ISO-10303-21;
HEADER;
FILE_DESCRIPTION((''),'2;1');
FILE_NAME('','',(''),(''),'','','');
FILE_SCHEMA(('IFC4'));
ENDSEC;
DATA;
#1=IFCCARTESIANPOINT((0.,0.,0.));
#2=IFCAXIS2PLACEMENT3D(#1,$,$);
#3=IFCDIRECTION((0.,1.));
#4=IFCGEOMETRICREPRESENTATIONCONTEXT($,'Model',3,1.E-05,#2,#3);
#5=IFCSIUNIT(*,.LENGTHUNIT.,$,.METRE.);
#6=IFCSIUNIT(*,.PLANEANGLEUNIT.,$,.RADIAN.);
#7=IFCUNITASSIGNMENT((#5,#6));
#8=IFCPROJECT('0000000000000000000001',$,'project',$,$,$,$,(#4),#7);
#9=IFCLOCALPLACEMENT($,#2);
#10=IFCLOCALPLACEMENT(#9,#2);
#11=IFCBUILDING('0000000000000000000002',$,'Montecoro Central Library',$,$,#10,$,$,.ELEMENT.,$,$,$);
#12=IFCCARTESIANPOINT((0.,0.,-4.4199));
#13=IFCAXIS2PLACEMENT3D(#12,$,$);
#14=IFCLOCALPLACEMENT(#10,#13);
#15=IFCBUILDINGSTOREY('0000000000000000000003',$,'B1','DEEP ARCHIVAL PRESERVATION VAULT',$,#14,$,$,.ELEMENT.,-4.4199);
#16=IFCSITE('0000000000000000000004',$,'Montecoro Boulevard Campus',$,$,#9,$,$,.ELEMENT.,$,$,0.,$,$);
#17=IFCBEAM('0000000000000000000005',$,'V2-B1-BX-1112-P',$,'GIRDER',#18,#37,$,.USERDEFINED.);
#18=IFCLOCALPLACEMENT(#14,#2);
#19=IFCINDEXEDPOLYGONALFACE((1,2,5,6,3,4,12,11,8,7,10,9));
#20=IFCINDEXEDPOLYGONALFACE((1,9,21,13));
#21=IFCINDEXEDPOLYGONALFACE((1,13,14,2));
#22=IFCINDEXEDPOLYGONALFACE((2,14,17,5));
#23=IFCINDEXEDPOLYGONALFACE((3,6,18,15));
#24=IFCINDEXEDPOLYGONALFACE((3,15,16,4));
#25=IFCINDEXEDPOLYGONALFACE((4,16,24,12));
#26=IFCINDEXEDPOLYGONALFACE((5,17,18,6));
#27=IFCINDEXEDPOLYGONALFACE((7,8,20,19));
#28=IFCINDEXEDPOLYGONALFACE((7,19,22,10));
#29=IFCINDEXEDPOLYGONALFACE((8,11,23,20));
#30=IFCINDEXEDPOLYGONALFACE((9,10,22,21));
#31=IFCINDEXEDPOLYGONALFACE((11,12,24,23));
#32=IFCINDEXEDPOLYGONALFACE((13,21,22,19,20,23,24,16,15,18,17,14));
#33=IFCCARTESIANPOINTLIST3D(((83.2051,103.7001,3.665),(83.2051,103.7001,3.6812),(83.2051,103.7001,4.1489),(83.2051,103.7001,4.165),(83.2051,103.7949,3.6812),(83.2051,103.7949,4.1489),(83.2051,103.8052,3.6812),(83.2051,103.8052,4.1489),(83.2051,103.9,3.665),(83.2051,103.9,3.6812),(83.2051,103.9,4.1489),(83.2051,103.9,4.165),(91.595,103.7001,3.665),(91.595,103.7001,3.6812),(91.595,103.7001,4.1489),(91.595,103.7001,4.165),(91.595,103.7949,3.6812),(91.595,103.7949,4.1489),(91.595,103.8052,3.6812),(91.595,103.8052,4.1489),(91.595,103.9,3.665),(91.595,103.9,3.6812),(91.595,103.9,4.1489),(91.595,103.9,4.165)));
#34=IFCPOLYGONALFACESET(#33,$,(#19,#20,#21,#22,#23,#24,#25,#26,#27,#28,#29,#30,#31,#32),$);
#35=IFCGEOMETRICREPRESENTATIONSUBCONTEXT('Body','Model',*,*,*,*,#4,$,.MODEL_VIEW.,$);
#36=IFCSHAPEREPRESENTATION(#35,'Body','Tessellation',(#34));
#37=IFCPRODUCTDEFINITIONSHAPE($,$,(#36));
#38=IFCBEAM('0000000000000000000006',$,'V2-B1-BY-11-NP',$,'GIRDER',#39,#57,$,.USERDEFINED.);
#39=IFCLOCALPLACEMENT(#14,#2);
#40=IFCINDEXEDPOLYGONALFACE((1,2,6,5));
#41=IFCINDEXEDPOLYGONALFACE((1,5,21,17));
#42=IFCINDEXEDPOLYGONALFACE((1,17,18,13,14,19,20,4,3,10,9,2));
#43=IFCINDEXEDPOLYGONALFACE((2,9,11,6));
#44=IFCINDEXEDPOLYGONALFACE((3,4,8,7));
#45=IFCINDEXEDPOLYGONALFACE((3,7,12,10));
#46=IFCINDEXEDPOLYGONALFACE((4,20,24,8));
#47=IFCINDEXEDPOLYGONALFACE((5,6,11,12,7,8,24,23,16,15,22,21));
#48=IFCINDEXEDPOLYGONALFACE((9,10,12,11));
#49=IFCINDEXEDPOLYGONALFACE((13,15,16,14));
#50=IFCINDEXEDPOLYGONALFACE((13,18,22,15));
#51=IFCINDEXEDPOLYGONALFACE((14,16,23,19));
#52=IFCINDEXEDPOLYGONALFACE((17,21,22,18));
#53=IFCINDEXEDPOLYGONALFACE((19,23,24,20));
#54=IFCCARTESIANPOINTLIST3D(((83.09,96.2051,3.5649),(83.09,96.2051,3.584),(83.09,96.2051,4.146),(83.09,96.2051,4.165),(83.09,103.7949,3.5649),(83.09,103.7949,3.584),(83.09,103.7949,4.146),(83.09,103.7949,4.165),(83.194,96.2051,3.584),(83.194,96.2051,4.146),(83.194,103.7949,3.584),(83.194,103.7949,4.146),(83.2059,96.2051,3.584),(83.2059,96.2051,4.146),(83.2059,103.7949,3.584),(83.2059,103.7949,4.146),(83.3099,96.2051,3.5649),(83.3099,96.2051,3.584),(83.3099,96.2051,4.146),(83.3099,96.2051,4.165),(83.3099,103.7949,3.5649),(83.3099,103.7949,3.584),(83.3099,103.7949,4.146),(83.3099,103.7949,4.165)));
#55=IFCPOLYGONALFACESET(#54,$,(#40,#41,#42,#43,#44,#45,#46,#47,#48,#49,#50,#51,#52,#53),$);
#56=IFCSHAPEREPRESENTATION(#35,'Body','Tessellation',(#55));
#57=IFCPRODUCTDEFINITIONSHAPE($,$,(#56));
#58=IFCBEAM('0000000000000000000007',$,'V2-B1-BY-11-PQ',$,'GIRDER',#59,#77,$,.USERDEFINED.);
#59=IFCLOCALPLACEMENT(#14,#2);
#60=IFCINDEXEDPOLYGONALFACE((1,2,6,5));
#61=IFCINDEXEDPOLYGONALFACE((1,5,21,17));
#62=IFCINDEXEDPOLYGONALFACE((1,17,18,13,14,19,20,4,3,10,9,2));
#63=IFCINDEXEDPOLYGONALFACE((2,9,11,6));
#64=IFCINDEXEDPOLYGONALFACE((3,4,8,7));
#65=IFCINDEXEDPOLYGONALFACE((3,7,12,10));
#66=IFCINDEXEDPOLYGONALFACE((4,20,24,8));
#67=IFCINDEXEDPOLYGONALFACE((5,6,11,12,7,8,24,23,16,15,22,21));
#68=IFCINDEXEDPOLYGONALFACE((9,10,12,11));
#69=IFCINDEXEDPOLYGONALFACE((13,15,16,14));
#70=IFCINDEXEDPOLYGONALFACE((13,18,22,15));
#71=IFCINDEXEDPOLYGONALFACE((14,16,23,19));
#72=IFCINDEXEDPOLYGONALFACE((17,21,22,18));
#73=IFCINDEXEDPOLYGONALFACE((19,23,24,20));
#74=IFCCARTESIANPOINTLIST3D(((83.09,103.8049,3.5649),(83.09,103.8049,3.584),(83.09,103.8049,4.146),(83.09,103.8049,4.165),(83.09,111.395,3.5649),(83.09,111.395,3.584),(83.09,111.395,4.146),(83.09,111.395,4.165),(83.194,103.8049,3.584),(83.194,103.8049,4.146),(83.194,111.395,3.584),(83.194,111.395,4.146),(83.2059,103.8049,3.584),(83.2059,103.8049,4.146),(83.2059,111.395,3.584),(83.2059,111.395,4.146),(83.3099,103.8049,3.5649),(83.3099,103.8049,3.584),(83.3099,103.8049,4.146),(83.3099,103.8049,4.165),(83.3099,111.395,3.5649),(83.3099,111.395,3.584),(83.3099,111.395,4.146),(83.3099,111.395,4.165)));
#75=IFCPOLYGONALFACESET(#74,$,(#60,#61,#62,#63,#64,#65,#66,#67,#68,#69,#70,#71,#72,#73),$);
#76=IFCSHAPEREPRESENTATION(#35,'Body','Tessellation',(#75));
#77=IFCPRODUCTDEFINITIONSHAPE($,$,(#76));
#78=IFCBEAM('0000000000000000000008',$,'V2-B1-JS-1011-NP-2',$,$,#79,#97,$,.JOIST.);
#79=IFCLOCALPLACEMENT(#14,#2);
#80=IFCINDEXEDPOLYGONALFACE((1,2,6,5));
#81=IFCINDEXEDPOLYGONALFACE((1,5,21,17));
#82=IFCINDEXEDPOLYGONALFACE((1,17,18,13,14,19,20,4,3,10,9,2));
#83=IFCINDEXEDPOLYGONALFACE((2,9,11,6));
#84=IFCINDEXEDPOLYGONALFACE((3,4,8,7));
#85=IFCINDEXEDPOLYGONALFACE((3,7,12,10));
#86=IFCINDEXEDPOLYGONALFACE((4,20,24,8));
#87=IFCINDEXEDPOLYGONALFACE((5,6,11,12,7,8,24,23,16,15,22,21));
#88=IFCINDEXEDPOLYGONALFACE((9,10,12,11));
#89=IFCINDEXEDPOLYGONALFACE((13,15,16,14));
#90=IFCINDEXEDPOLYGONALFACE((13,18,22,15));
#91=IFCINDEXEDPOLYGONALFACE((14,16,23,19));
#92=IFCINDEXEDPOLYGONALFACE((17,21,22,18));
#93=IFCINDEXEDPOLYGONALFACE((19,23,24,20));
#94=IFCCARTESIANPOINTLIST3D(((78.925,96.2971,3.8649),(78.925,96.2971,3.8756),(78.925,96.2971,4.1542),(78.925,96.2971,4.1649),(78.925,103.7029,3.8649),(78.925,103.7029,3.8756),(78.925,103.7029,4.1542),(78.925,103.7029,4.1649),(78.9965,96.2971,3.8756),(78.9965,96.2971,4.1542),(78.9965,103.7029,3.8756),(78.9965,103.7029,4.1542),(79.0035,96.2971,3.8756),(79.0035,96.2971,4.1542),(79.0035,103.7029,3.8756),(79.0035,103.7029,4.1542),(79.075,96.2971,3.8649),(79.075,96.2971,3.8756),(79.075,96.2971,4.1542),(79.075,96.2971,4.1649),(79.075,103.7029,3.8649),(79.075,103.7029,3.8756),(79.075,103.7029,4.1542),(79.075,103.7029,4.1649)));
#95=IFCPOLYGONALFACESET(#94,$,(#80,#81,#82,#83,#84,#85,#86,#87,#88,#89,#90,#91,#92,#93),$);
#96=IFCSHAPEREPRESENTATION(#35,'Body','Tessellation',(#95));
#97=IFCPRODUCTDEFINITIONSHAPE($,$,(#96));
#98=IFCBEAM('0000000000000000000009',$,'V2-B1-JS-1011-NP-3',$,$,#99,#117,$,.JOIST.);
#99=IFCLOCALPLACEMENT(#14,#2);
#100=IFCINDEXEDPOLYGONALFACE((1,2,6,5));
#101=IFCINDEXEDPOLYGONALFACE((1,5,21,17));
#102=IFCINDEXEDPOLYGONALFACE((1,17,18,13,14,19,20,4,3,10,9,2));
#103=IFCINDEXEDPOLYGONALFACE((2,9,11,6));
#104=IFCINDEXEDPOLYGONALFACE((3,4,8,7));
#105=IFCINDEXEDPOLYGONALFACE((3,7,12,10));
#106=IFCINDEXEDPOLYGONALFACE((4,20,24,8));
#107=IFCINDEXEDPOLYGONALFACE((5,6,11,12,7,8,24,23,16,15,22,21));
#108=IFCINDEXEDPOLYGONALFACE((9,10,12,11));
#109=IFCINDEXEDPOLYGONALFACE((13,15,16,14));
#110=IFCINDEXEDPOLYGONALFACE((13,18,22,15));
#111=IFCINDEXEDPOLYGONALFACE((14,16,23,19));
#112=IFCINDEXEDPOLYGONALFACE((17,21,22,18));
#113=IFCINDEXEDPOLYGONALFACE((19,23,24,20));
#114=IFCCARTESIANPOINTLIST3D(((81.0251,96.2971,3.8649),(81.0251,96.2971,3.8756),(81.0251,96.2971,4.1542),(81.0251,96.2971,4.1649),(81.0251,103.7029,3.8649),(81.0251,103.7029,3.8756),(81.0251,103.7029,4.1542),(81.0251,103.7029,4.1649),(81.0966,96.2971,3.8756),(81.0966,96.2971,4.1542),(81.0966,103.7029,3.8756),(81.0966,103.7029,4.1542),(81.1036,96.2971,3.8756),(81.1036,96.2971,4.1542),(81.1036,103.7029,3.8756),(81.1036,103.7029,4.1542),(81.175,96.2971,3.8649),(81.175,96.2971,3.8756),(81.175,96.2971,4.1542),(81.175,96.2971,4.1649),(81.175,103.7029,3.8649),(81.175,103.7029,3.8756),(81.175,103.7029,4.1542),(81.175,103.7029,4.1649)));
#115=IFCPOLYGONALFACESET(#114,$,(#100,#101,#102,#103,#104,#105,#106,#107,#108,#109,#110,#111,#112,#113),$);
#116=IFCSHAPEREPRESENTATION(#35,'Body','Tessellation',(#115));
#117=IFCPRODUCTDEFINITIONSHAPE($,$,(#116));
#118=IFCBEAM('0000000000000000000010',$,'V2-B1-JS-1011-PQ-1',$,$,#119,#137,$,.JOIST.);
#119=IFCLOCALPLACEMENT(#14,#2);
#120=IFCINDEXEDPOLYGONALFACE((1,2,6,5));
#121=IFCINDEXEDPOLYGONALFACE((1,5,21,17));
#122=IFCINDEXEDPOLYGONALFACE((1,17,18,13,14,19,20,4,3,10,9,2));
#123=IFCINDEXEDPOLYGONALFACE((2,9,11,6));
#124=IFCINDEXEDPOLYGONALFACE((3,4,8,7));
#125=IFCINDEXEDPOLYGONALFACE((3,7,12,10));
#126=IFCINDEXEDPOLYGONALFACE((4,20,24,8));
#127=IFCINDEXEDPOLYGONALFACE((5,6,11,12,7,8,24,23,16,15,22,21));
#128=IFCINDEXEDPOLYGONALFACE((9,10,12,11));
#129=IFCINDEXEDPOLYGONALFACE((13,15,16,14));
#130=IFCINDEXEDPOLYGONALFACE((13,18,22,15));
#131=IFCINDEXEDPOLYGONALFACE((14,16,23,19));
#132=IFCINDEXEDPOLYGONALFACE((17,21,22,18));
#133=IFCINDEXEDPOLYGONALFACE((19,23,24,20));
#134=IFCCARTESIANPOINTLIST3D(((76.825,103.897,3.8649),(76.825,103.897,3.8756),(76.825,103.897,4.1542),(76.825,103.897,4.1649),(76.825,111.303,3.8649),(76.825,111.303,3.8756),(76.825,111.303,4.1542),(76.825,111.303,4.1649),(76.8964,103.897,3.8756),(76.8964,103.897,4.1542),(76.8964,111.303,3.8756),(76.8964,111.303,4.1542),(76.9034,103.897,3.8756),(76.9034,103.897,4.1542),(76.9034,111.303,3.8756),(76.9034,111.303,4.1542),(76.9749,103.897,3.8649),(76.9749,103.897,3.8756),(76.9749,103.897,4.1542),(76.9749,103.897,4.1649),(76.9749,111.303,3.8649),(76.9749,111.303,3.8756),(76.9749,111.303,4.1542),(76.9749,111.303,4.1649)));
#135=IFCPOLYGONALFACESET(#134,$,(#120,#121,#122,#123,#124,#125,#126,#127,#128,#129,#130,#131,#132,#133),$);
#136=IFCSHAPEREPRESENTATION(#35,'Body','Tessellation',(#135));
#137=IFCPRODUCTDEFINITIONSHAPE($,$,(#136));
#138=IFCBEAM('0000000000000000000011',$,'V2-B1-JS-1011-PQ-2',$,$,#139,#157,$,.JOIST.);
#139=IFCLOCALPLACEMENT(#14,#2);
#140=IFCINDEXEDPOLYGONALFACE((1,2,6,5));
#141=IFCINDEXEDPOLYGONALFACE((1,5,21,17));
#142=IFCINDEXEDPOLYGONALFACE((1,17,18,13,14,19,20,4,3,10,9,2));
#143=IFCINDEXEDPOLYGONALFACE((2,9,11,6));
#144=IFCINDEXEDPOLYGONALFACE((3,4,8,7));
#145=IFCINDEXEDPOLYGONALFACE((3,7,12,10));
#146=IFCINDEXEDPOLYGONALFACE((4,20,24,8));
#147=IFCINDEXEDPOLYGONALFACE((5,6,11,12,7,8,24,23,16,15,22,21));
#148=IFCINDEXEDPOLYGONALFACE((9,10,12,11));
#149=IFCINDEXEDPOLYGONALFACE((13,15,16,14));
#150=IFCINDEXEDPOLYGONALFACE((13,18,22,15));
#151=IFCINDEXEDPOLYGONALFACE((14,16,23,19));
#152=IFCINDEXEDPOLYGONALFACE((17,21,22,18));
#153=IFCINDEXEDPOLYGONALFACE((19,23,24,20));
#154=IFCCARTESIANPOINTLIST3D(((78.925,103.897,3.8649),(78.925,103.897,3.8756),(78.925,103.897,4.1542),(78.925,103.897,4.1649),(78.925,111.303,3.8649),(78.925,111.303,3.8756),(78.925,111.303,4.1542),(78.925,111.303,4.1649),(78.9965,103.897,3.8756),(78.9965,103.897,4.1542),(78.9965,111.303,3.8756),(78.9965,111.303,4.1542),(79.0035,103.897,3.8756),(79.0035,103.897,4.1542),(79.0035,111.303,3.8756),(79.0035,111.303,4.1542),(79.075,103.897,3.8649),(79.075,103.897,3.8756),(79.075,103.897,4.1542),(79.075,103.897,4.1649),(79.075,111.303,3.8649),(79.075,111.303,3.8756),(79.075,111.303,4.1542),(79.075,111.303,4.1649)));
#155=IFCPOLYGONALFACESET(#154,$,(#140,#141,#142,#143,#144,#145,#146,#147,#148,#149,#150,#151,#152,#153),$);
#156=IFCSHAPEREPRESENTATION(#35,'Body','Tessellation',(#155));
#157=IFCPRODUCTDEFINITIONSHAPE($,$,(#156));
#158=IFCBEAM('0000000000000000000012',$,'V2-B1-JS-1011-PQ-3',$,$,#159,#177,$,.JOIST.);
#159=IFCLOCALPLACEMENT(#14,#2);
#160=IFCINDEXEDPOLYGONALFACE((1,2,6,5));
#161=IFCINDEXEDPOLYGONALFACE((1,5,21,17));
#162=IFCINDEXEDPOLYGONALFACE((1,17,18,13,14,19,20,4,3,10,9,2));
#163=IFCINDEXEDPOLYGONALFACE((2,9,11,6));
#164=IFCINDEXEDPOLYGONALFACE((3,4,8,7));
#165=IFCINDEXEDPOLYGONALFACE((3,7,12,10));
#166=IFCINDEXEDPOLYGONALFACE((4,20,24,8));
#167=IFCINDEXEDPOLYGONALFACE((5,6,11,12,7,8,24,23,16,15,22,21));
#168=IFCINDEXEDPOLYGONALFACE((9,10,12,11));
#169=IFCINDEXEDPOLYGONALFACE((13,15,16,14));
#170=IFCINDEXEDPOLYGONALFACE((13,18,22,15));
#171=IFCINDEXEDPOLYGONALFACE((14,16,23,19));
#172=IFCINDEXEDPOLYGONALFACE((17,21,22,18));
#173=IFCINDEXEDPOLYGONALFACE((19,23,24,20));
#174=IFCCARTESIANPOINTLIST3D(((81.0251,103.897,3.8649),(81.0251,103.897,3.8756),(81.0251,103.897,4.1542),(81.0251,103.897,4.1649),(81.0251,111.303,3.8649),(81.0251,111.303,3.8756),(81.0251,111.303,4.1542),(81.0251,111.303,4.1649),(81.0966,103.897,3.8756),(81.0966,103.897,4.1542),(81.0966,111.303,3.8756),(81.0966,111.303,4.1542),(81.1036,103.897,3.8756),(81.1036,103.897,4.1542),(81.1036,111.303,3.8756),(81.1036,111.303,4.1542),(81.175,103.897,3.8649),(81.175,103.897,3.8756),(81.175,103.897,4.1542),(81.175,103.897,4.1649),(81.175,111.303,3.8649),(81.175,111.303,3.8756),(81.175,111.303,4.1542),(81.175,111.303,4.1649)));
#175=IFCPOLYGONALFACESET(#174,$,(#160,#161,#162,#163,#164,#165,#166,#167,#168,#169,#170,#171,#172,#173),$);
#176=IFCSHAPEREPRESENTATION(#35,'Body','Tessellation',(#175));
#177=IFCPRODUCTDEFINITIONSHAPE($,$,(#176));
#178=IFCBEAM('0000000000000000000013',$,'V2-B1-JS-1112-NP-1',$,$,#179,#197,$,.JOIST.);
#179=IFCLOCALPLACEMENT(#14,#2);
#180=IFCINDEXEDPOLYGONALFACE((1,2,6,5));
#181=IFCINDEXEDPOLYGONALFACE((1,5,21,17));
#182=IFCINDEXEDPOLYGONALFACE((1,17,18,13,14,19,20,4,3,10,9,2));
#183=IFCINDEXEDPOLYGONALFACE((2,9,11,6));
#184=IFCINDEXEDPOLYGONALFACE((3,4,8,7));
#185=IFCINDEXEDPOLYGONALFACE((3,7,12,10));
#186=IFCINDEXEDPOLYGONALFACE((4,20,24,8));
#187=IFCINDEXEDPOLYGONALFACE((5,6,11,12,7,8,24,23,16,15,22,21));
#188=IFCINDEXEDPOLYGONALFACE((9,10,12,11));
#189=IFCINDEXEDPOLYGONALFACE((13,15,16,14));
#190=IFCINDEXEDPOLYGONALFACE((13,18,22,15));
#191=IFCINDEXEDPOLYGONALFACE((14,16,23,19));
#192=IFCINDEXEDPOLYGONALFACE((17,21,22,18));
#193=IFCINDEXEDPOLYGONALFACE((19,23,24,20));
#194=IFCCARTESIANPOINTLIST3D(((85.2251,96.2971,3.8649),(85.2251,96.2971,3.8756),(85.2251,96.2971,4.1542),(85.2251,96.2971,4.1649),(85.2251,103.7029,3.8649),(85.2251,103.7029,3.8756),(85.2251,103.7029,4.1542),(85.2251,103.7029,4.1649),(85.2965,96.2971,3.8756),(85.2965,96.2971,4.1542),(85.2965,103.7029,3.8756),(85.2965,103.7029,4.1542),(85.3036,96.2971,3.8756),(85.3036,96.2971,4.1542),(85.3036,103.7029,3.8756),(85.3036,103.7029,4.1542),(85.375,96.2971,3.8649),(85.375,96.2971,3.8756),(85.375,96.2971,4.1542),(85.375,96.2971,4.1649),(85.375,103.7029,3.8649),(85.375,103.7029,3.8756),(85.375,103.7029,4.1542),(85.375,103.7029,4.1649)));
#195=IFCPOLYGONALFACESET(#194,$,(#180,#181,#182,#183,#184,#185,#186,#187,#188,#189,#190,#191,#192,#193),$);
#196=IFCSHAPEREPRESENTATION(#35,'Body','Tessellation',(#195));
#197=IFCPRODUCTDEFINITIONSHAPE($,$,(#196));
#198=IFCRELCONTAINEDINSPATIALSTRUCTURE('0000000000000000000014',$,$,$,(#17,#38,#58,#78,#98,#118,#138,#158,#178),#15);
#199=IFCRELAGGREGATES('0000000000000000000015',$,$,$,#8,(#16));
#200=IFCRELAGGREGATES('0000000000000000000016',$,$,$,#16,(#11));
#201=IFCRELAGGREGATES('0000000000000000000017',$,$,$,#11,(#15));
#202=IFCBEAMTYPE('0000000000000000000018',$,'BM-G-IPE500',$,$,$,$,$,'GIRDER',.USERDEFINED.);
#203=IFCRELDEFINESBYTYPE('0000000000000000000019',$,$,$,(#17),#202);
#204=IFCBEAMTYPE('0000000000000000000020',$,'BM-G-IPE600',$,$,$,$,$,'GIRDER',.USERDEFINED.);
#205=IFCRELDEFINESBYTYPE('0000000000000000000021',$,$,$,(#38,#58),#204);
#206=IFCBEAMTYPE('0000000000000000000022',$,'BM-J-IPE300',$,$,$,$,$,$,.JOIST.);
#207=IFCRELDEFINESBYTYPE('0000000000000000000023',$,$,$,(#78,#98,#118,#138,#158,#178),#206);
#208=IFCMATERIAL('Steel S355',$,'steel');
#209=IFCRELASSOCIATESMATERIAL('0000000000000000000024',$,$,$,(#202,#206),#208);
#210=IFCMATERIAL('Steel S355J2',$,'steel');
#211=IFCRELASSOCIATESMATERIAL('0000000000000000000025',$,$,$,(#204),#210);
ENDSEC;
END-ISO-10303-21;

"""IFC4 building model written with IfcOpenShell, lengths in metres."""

from ifc_helpers import new_model, si_unit, direction, frame, origin, origin_2d, place, context, subcontext, project, spatial, i_section, extrude, material, material_profile, profile_set, type_object, element, save


model = new_model("IFC4")

# Units and contexts
model_context = context("Model", 3, precision=1e-05, world=origin(), true_north=direction((0.0, 1.0)))
body_context = subcontext(model_context, "Body", "Model", "MODEL_VIEW")
ifc_project = project(units=[si_unit("LENGTHUNIT", "METRE"), si_unit("PLANEANGLEUNIT", "RADIAN")], contexts=[model_context])

# Site, building, storey
site_placement = place(None, origin())
site = spatial("IfcSite", under=ifc_project, at=site_placement, Name="Montecoro Boulevard Campus", CompositionType="ELEMENT", RefElevation=0.0)
building_placement = place(site_placement, origin())
building = spatial("IfcBuilding", under=site, at=building_placement, Name="Montecoro Central Library", CompositionType="ELEMENT")
storey_placement = place(building_placement, frame((0.0, 0.0, -4.4199)))
storey = spatial("IfcBuildingStorey", under=building, at=storey_placement, Name="B1", Description="DEEP ARCHIVAL PRESERVATION VAULT", CompositionType="ELEMENT", Elevation=-4.4199)

# Shared definitions
ifc_material_1 = material(Name="Steel S355J2", Category="steel")

# Beams
ifc_material_2 = material(Name="Steel S355", Category="steel")
ifc_material_profile_1 = material_profile(ifc_material_2, i_section(OverallWidth=0.2, OverallDepth=0.5, WebThickness=0.0103, FlangeThickness=0.0161, at=origin_2d()), Name="IPE 500")
ifc_profile_set_1 = profile_set([ifc_material_profile_1], Name="Steel S355")
beam_type_1 = type_object("IfcBeamType", Name="BM-G-IPE500", ElementType="GIRDER", PredefinedType="USERDEFINED", material=ifc_profile_set_1)
for number, where, z_axis, x_axis, name in (
    (1, (83.2051, 103.8, 3.915), (1.0, 0.0, 0.0), (0.0, 1.0, 0.0), "V2-B1-BX-1112-P"),
):
    element("IfcBeam", number, at=place(storey_placement, frame(where, z_axis=z_axis, x_axis=x_axis)), inside=storey, type_object=beam_type_1, Name=name, ObjectType="GIRDER", PredefinedType="USERDEFINED", context=body_context, shape_type="SweptSolid", body=[
        extrude(i_section(OverallWidth=0.2, OverallDepth=0.5, WebThickness=0.0103, FlangeThickness=0.0161, at=origin_2d()), origin(), (0.0, 0.0, 1.0), 8.3899),
    ])
ifc_material_profile_2 = material_profile(ifc_material_1, i_section(OverallWidth=0.22, OverallDepth=0.6001, WebThickness=0.012, FlangeThickness=0.019, at=origin_2d()), Name="IPE 600")
ifc_profile_set_2 = profile_set([ifc_material_profile_2], Name="Steel S355J2")
beam_type_2 = type_object("IfcBeamType", Name="BM-G-IPE600", ElementType="GIRDER", PredefinedType="USERDEFINED", material=ifc_profile_set_2)
beam_1_placement = place(storey_placement, frame((83.2, 96.2051, 3.865), z_axis=(0.0, 1.0, 0.0), x_axis=(-1.0, 0.0, 0.0)))
element("IfcBeam", 2, at=beam_1_placement, inside=storey, type_object=beam_type_2, Name="V2-B1-BY-11-NP", ObjectType="GIRDER", PredefinedType="USERDEFINED", context=body_context, shape_type="SweptSolid", body=[
    extrude(i_section(OverallWidth=0.22, OverallDepth=0.6001, WebThickness=0.012, FlangeThickness=0.019, at=origin_2d()), origin(), (0.0, 0.0, 1.0), 7.5898),
])
beam_2_placement = place(storey_placement, frame((83.2, 103.8049, 3.865), z_axis=(0.0, 1.0, 0.0), x_axis=(-1.0, 0.0, 0.0)))
element("IfcBeam", 3, at=beam_2_placement, inside=storey, type_object=beam_type_2, Name="V2-B1-BY-11-PQ", ObjectType="GIRDER", PredefinedType="USERDEFINED", context=body_context, shape_type="SweptSolid", body=[
    extrude(i_section(OverallWidth=0.22, OverallDepth=0.6001, WebThickness=0.012, FlangeThickness=0.019, at=origin_2d()), origin(), (0.0, 0.0, 1.0), 7.5901),
])
ifc_material_profile_3 = material_profile(ifc_material_2, i_section(OverallWidth=0.1499, OverallDepth=0.3, WebThickness=0.0071, FlangeThickness=0.0107, at=origin_2d()), Name="IPE 300")
ifc_profile_set_3 = profile_set([ifc_material_profile_3], Name="Steel S355")
beam_type_3 = type_object("IfcBeamType", Name="BM-J-IPE300", PredefinedType="JOIST", material=ifc_profile_set_3)
for number, where, z_axis, x_axis, name in (
    (4, (79.0, 96.2971, 4.0149), (0.0, 1.0, 0.0), (-1.0, 0.0, 0.0), "V2-B1-JS-1011-NP-2"),
    (5, (81.1001, 96.2971, 4.0149), (0.0, 1.0, 0.0), (-1.0, 0.0, 0.0), "V2-B1-JS-1011-NP-3"),
):
    element("IfcBeam", number, at=place(storey_placement, frame(where, z_axis=z_axis, x_axis=x_axis)), inside=storey, type_object=beam_type_3, Name=name, PredefinedType="JOIST", context=body_context, shape_type="SweptSolid", body=[
        extrude(i_section(OverallWidth=0.1499, OverallDepth=0.3, WebThickness=0.0071, FlangeThickness=0.0107, at=origin_2d()), origin(), (0.0, 0.0, 1.0), 7.4058),
    ])
for number, where, z_axis, x_axis, name in (
    (6, (76.8999, 103.897, 4.0149), (0.0, 1.0, 0.0), (-1.0, 0.0, 0.0), "V2-B1-JS-1011-PQ-1"),
    (7, (79.0, 103.897, 4.0149), (0.0, 1.0, 0.0), (-1.0, 0.0, 0.0), "V2-B1-JS-1011-PQ-2"),
    (8, (81.1001, 103.897, 4.0149), (0.0, 1.0, 0.0), (-1.0, 0.0, 0.0), "V2-B1-JS-1011-PQ-3"),
):
    element("IfcBeam", number, at=place(storey_placement, frame(where, z_axis=z_axis, x_axis=x_axis)), inside=storey, type_object=beam_type_3, Name=name, PredefinedType="JOIST", context=body_context, shape_type="SweptSolid", body=[
        extrude(i_section(OverallWidth=0.1499, OverallDepth=0.3, WebThickness=0.0071, FlangeThickness=0.0107, at=origin_2d()), origin(), (0.0, 0.0, 1.0), 7.406),
    ])
for number, where, z_axis, x_axis, name in (
    (9, (85.3, 96.2971, 4.0149), (0.0, 1.0, 0.0), (-1.0, 0.0, 0.0), "V2-B1-JS-1112-NP-1"),
):
    element("IfcBeam", number, at=place(storey_placement, frame(where, z_axis=z_axis, x_axis=x_axis)), inside=storey, type_object=beam_type_3, Name=name, PredefinedType="JOIST", context=body_context, shape_type="SweptSolid", body=[
        extrude(i_section(OverallWidth=0.1499, OverallDepth=0.3, WebThickness=0.0071, FlangeThickness=0.0107, at=origin_2d()), origin(), (0.0, 0.0, 1.0), 7.4058),
    ])

save(model, "model.ifc")
